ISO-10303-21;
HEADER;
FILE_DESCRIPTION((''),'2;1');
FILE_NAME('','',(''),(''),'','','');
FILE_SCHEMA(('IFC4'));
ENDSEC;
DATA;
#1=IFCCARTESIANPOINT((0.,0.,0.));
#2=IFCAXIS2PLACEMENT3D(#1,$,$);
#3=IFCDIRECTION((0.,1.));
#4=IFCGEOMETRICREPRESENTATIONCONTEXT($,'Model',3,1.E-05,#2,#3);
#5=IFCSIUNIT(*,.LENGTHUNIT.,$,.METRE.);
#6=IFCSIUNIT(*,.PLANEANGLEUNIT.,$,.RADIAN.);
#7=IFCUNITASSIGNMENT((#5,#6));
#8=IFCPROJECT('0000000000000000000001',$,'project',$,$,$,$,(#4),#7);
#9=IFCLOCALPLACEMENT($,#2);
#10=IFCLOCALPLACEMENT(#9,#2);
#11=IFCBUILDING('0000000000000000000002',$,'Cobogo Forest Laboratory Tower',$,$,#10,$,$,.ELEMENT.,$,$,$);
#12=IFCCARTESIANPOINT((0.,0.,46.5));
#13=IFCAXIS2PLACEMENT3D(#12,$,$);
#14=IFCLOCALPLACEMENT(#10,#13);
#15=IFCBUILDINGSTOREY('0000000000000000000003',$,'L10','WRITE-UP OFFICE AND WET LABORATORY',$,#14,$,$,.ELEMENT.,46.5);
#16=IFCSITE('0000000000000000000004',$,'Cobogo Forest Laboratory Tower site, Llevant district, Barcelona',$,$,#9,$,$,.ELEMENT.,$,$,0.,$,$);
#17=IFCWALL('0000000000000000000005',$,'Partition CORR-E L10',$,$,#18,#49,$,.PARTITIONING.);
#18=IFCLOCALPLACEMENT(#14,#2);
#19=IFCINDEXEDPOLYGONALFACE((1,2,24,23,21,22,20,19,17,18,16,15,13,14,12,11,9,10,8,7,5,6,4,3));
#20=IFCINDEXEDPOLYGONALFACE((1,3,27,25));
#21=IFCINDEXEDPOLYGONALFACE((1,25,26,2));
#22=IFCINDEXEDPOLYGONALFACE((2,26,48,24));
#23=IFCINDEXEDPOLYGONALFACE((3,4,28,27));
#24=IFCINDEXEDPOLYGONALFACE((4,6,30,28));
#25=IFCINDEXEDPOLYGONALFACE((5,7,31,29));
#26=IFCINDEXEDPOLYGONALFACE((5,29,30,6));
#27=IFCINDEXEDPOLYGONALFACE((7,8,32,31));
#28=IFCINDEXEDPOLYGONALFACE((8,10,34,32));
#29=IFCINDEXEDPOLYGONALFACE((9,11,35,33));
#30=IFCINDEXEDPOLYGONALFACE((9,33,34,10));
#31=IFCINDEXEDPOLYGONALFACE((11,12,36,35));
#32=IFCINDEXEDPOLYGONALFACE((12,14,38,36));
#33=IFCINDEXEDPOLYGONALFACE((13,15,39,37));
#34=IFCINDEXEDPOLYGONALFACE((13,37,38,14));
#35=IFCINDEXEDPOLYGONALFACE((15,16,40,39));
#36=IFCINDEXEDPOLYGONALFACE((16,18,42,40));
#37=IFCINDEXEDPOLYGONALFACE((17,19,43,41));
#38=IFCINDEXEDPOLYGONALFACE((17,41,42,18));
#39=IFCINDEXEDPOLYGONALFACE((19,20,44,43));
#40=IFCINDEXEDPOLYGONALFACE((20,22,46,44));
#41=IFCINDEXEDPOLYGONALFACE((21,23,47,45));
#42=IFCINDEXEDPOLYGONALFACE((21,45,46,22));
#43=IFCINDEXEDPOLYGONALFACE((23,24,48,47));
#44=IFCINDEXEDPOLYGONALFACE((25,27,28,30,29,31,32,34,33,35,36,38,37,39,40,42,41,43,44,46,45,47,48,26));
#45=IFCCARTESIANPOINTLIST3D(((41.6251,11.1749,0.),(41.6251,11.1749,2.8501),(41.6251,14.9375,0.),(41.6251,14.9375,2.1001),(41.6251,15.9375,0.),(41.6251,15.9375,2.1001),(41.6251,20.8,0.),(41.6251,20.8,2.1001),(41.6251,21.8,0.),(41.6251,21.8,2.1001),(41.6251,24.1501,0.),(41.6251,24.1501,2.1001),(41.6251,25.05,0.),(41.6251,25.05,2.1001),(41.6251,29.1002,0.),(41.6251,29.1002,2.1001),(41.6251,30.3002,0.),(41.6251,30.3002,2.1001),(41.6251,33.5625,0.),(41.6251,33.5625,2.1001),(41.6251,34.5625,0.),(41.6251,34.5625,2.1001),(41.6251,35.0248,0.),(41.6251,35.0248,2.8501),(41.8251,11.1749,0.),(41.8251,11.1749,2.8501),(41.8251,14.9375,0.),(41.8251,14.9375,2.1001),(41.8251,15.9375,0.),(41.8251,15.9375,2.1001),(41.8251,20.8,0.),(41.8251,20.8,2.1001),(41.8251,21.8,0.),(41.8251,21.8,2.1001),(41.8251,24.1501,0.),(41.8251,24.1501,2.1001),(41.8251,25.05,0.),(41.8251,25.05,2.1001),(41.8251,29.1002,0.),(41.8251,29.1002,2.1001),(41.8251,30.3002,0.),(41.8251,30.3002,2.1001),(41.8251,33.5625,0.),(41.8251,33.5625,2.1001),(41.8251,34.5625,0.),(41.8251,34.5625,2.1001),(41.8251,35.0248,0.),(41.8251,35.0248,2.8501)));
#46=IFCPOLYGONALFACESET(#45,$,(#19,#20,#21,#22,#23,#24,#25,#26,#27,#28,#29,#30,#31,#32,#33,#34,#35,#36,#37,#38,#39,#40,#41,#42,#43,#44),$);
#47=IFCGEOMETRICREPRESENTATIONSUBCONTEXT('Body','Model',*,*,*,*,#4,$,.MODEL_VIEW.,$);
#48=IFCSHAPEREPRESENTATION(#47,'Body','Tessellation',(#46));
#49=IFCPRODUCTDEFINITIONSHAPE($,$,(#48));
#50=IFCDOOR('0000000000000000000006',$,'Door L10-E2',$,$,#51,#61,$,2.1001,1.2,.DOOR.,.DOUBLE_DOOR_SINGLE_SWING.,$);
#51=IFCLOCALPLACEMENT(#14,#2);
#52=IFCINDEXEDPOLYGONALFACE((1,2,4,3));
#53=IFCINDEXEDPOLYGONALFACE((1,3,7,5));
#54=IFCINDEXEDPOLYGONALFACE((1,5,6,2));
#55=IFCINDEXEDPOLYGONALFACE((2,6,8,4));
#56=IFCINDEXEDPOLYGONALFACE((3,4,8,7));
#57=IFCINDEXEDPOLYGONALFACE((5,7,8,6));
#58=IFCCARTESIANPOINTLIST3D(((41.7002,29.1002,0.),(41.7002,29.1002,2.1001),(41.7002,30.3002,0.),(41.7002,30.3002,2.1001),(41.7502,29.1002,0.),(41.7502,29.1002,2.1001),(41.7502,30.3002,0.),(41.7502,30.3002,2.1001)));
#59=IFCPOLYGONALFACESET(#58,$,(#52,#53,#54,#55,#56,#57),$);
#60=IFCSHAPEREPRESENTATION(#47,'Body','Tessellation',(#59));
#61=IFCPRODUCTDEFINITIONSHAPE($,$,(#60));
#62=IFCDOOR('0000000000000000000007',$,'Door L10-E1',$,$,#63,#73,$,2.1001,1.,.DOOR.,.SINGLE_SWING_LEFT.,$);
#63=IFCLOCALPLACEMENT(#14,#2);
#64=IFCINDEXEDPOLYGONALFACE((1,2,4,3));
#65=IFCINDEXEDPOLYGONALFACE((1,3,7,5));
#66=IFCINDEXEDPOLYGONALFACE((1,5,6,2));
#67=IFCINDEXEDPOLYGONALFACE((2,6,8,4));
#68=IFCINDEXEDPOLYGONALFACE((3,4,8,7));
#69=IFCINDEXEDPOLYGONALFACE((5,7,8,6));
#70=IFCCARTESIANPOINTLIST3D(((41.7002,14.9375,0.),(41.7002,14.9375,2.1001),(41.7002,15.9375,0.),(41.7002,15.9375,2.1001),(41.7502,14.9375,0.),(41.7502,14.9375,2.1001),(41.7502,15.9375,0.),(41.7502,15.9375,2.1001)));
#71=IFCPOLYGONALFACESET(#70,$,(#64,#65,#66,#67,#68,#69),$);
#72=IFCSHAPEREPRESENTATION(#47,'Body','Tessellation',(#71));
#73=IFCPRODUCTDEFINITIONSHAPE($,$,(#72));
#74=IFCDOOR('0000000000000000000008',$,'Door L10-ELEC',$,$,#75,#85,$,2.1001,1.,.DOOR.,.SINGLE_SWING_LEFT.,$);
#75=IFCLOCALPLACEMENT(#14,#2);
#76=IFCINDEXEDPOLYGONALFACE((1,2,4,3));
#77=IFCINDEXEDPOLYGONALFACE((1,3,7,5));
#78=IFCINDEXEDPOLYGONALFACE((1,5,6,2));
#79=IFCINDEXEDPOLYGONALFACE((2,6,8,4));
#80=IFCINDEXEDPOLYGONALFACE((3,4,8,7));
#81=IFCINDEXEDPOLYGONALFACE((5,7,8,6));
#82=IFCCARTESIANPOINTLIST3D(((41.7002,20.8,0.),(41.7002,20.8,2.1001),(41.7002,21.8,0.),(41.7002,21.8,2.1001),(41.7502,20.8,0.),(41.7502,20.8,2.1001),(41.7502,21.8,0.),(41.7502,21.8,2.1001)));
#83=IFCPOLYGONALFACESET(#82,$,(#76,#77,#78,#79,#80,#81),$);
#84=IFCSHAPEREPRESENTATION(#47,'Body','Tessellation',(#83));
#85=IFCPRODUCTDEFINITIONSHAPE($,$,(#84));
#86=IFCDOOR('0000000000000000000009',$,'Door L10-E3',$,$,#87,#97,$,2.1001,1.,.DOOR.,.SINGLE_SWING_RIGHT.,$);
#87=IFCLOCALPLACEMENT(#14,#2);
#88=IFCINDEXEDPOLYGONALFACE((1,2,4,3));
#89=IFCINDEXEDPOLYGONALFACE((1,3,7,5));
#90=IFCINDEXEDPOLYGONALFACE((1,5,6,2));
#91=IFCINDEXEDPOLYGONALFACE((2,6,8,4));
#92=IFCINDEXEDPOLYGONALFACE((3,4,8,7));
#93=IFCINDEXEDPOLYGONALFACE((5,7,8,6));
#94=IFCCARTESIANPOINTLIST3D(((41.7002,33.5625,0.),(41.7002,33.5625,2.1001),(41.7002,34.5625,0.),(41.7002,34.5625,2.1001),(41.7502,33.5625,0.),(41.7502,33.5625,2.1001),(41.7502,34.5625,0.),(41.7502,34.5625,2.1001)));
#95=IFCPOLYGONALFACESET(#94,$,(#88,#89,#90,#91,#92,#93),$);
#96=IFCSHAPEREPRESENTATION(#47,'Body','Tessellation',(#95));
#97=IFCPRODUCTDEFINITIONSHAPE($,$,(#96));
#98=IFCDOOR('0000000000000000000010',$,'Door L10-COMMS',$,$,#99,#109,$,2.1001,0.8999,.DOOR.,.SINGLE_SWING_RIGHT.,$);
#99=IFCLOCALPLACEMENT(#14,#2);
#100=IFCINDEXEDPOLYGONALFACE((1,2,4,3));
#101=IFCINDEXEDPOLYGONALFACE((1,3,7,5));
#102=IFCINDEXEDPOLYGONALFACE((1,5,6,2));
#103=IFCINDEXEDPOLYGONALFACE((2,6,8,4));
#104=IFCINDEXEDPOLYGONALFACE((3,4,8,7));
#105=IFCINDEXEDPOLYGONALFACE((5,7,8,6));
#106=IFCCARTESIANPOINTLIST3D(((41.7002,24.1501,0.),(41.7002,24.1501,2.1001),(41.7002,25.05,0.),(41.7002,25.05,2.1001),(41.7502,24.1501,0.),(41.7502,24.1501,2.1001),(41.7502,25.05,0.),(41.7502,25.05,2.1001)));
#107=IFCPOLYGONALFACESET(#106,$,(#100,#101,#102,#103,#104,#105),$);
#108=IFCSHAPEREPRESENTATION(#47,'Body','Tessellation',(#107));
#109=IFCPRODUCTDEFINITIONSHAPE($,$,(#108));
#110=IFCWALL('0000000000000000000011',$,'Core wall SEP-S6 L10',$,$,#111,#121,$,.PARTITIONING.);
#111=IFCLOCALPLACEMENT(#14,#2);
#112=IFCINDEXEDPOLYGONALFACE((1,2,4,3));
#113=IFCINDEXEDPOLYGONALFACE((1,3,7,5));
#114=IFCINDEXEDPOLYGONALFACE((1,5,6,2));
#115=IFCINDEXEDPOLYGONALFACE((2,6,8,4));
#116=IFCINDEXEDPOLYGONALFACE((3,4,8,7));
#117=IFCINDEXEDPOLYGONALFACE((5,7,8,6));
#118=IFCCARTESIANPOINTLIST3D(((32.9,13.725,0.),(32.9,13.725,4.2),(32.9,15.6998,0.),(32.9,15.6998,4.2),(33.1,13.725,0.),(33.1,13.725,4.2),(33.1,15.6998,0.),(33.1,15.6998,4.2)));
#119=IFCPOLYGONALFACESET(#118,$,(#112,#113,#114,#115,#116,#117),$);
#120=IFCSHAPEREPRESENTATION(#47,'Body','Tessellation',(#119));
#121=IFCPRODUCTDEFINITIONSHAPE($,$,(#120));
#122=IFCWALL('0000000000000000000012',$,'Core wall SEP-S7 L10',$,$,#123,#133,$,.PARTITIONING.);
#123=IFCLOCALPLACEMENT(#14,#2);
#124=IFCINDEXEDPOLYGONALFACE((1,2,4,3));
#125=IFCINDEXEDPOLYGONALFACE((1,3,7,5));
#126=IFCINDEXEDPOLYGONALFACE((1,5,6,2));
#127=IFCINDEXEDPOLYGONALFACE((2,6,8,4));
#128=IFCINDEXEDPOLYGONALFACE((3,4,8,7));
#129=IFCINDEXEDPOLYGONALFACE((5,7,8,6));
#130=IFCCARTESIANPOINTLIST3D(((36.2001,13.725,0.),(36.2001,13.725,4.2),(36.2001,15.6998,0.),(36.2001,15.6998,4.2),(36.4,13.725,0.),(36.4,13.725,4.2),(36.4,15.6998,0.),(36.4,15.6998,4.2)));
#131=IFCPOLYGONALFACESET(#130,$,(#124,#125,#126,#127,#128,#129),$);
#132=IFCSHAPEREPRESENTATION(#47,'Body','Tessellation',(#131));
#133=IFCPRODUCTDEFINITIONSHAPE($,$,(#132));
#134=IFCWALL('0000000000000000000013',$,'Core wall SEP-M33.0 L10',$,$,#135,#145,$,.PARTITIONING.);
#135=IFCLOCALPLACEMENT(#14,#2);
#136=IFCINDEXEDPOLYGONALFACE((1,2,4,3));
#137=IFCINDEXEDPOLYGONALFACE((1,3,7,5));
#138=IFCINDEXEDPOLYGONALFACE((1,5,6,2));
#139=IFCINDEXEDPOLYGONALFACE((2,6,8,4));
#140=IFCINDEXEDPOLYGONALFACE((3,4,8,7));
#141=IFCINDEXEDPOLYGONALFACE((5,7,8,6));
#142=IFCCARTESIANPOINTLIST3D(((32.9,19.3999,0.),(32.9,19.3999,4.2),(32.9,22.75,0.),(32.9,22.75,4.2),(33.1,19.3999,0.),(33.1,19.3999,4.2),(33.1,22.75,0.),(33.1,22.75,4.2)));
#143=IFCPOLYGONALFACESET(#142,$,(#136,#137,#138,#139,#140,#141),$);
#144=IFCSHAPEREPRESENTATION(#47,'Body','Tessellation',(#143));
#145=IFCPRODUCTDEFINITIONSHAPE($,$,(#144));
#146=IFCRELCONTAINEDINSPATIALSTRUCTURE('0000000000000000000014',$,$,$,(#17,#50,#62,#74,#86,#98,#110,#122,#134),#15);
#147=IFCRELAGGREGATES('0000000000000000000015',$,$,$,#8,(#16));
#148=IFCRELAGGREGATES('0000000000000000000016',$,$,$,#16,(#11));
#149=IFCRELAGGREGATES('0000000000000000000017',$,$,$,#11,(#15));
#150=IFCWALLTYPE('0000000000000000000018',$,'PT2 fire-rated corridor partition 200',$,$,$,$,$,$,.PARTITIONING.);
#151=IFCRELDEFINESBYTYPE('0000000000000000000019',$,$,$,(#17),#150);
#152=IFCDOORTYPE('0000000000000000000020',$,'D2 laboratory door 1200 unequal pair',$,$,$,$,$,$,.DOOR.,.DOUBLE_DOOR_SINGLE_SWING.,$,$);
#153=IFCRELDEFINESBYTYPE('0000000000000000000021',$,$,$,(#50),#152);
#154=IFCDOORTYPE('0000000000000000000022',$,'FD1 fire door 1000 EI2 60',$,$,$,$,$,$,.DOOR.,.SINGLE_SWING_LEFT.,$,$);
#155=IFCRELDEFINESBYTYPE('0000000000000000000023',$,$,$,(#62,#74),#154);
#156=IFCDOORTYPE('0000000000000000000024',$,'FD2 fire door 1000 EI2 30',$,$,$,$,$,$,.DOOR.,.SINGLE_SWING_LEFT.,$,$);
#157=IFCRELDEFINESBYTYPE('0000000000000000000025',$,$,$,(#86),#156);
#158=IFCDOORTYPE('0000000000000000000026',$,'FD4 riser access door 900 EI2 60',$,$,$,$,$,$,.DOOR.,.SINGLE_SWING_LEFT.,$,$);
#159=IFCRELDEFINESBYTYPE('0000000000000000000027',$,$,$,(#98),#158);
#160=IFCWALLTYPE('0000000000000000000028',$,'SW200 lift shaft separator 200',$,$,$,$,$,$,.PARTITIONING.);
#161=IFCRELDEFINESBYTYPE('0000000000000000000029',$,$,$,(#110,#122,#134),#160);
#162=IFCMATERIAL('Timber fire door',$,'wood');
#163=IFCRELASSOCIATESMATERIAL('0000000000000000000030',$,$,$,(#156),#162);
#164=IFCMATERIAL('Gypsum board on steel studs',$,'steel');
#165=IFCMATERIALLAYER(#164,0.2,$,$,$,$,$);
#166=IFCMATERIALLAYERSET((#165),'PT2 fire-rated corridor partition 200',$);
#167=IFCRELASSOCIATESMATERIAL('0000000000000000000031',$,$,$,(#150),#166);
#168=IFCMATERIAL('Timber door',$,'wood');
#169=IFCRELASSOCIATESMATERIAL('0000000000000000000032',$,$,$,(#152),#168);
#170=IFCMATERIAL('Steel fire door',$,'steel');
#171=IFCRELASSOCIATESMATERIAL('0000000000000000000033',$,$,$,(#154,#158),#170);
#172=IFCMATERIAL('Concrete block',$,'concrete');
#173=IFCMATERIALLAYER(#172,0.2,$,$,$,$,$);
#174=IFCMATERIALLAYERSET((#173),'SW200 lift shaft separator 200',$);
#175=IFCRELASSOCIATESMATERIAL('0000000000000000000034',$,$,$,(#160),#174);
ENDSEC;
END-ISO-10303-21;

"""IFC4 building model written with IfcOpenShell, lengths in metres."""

from ifc_helpers import new_model, si_unit, direction, frame, frame_2d, origin, place, context, subcontext, project, spatial, rectangle, extrude, material, layer, layer_set, type_object, element, fill, save


model = new_model("IFC4")

# Units and contexts
model_context = context("Model", 3, precision=1e-05, world=origin(), true_north=direction((0.0, 1.0)))
body_context = subcontext(model_context, "Body", "Model", "MODEL_VIEW")
ifc_project = project(units=[si_unit("LENGTHUNIT", "METRE"), si_unit("PLANEANGLEUNIT", "RADIAN")], contexts=[model_context])

# Site, building, storey
site_placement = place(None, origin())
site = spatial("IfcSite", under=ifc_project, at=site_placement, Name="Cobogo Forest Laboratory Tower site, Llevant district, Barcelona", CompositionType="ELEMENT", RefElevation=0.0)
building_placement = place(site_placement, origin())
building = spatial("IfcBuilding", under=site, at=building_placement, Name="Cobogo Forest Laboratory Tower", CompositionType="ELEMENT")
storey_placement = place(building_placement, frame((0.0, 0.0, 46.5)))
storey = spatial("IfcBuildingStorey", under=building, at=storey_placement, Name="L10", Description="WRITE-UP OFFICE AND WET LABORATORY", CompositionType="ELEMENT", Elevation=46.5)

# Shared definitions
ifc_material_1 = material(Name="Steel fire door", Category="steel")

# Shared definitions
ifc_material_2 = material(Name="Gypsum board on steel studs", Category="steel")

# Shared definitions
ifc_material_3 = material(Name="Timber fire door", Category="wood")
door_type_1 = type_object("IfcDoorType", Name="FD2 fire door 1000 EI2 30", OperationType="SINGLE_SWING_LEFT", PredefinedType="DOOR", material=ifc_material_3)

# Wall, openings, doors
ifc_layer_1 = layer(ifc_material_2, 0.2)
ifc_layer_set_1 = layer_set([ifc_layer_1], Name="PT2 fire-rated corridor partition 200")
wall_type_1 = type_object("IfcWallType", Name="PT2 fire-rated corridor partition 200", PredefinedType="PARTITIONING", material=ifc_layer_set_1)
wall_1_placement = place(storey_placement, frame((41.7251, 11.175, 0.0), z_axis=(0.0, 0.0, 1.0), x_axis=(0.0, 1.0, 0.0)))
wall_1 = element("IfcWall", 1, at=wall_1_placement, inside=storey, type_object=wall_type_1, Name="Partition CORR-E L10", PredefinedType="PARTITIONING", context=body_context, shape_type="SweptSolid", body=[
    extrude(rectangle(XDim=23.8499, YDim=0.2, at=frame_2d((11.9248, 0.0))), origin(), (0.0, 0.0, 1.0), 2.8501),
])
opening_1_placement = place(wall_1_placement, frame((3.7625, 0.0, 0.0)))
opening_1 = element("IfcOpeningElement", 2, at=opening_1_placement, cuts=wall_1, PredefinedType="OPENING", context=body_context, shape_type="SweptSolid", body=[
    extrude(rectangle(XDim=1.0, YDim=2.1001, at=frame_2d((0.5, 1.05))), frame((0.0, 0.1099, 0.0), z_axis=(0.0, -1.0, 0.0), x_axis=(1.0, 0.0, 0.0)), (0.0, 0.0, 1.0), 0.22),
])
opening_2_placement = place(wall_1_placement, frame((9.625, 0.0, 0.0)))
opening_2 = element("IfcOpeningElement", 3, at=opening_2_placement, cuts=wall_1, PredefinedType="OPENING", context=body_context, shape_type="SweptSolid", body=[
    extrude(rectangle(XDim=1.0, YDim=2.1001, at=frame_2d((0.5, 1.05))), frame((0.0, 0.1099, 0.0), z_axis=(0.0, -1.0, 0.0), x_axis=(1.0, 0.0, 0.0)), (0.0, 0.0, 1.0), 0.22),
])
opening_3_placement = place(wall_1_placement, frame((12.9751, 0.0, 0.0)))
opening_3 = element("IfcOpeningElement", 4, at=opening_3_placement, cuts=wall_1, PredefinedType="OPENING", context=body_context, shape_type="SweptSolid", body=[
    extrude(rectangle(XDim=0.8999, YDim=2.1001, at=frame_2d((0.45, 1.05))), frame((0.0, 0.1099, 0.0), z_axis=(0.0, -1.0, 0.0), x_axis=(1.0, 0.0, 0.0)), (0.0, 0.0, 1.0), 0.22),
])
opening_4_placement = place(wall_1_placement, frame((17.925, 0.0, 0.0)))
opening_4 = element("IfcOpeningElement", 5, at=opening_4_placement, cuts=wall_1, PredefinedType="OPENING", context=body_context, shape_type="SweptSolid", body=[
    extrude(rectangle(XDim=1.2, YDim=2.1001, at=frame_2d((0.6001, 1.05))), frame((0.0, 0.1099, 0.0), z_axis=(0.0, -1.0, 0.0), x_axis=(1.0, 0.0, 0.0)), (0.0, 0.0, 1.0), 0.22),
])
opening_5_placement = place(wall_1_placement, frame((22.3875, 0.0, 0.0)))
opening_5 = element("IfcOpeningElement", 6, at=opening_5_placement, cuts=wall_1, PredefinedType="OPENING", context=body_context, shape_type="SweptSolid", body=[
    extrude(rectangle(XDim=1.0, YDim=2.1001, at=frame_2d((0.5, 1.05))), frame((0.0, 0.1099, 0.0), z_axis=(0.0, -1.0, 0.0), x_axis=(1.0, 0.0, 0.0)), (0.0, 0.0, 1.0), 0.22),
])
ifc_material_4 = material(Name="Timber door", Category="wood")
door_type_2 = type_object("IfcDoorType", Name="D2 laboratory door 1200 unequal pair", OperationType="DOUBLE_DOOR_SINGLE_SWING", PredefinedType="DOOR", material=ifc_material_4)
door_1_placement = place(opening_4_placement, origin())
door_1 = element("IfcDoor", 7, at=door_1_placement, inside=storey, type_object=door_type_2, Name="Door L10-E2", OperationType="DOUBLE_DOOR_SINGLE_SWING", OverallHeight=2.1001, OverallWidth=1.2, PredefinedType="DOOR", context=body_context, shape_type="SweptSolid", body=[
    extrude(rectangle(XDim=1.2, YDim=2.1001, at=frame_2d((0.6001, 1.05))), frame((0.0, 0.0249, 0.0), z_axis=(0.0, -1.0, 0.0), x_axis=(1.0, 0.0, 0.0)), (0.0, 0.0, 1.0), 0.05),
])
fill(opening_4, door_1)
door_type_3 = type_object("IfcDoorType", Name="FD1 fire door 1000 EI2 60", OperationType="SINGLE_SWING_LEFT", PredefinedType="DOOR", material=ifc_material_1)
door_2_placement = place(opening_1_placement, origin())
door_2 = element("IfcDoor", 8, at=door_2_placement, inside=storey, type_object=door_type_3, Name="Door L10-E1", OperationType="SINGLE_SWING_LEFT", OverallHeight=2.1001, OverallWidth=1.0, PredefinedType="DOOR", context=body_context, shape_type="SweptSolid", body=[
    extrude(rectangle(XDim=1.0, YDim=2.1001, at=frame_2d((0.5, 1.05))), frame((0.0, 0.0249, 0.0), z_axis=(0.0, -1.0, 0.0), x_axis=(1.0, 0.0, 0.0)), (0.0, 0.0, 1.0), 0.05),
])
fill(opening_1, door_2)
door_3_placement = place(opening_2_placement, origin())
door_3 = element("IfcDoor", 9, at=door_3_placement, inside=storey, type_object=door_type_3, Name="Door L10-ELEC", OperationType="SINGLE_SWING_LEFT", OverallHeight=2.1001, OverallWidth=1.0, PredefinedType="DOOR", context=body_context, shape_type="SweptSolid", body=[
    extrude(rectangle(XDim=1.0, YDim=2.1001, at=frame_2d((0.5, 1.05))), frame((0.0, 0.0249, 0.0), z_axis=(0.0, -1.0, 0.0), x_axis=(1.0, 0.0, 0.0)), (0.0, 0.0, 1.0), 0.05),
])
fill(opening_2, door_3)
door_4_placement = place(opening_5_placement, origin())
door_4 = element("IfcDoor", 10, at=door_4_placement, inside=storey, type_object=door_type_1, Name="Door L10-E3", OperationType="SINGLE_SWING_RIGHT", OverallHeight=2.1001, OverallWidth=1.0, PredefinedType="DOOR", context=body_context, shape_type="SweptSolid", body=[
    extrude(rectangle(XDim=1.0, YDim=2.1001, at=frame_2d((0.5, 1.05))), frame((0.0, 0.0249, 0.0), z_axis=(0.0, -1.0, 0.0), x_axis=(1.0, 0.0, 0.0)), (0.0, 0.0, 1.0), 0.05),
])
fill(opening_5, door_4)
door_type_4 = type_object("IfcDoorType", Name="FD4 riser access door 900 EI2 60", OperationType="SINGLE_SWING_LEFT", PredefinedType="DOOR", material=ifc_material_1)
door_5_placement = place(opening_3_placement, origin())
door_5 = element("IfcDoor", 11, at=door_5_placement, inside=storey, type_object=door_type_4, Name="Door L10-COMMS", OperationType="SINGLE_SWING_RIGHT", OverallHeight=2.1001, OverallWidth=0.8999, PredefinedType="DOOR", context=body_context, shape_type="SweptSolid", body=[
    extrude(rectangle(XDim=0.8999, YDim=2.1001, at=frame_2d((0.45, 1.05))), frame((0.0, 0.0249, 0.0), z_axis=(0.0, -1.0, 0.0), x_axis=(1.0, 0.0, 0.0)), (0.0, 0.0, 1.0), 0.05),
])
fill(opening_3, door_5)

# Walls
ifc_material_5 = material(Name="Concrete block", Category="concrete")
ifc_layer_2 = layer(ifc_material_5, 0.2)
ifc_layer_set_2 = layer_set([ifc_layer_2], Name="SW200 lift shaft separator 200")
wall_type_2 = type_object("IfcWallType", Name="SW200 lift shaft separator 200", PredefinedType="PARTITIONING", material=ifc_layer_set_2)
for number, where, z_axis, x_axis, name in (
    (12, (33.0, 13.7251, 0.0), (0.0, 0.0, 1.0), (0.0, 1.0, 0.0), "Core wall SEP-S6 L10"),
    (13, (36.3, 13.7251, 0.0), (0.0, 0.0, 1.0), (0.0, 1.0, 0.0), "Core wall SEP-S7 L10"),
):
    element("IfcWall", number, at=place(storey_placement, frame(where, z_axis=z_axis, x_axis=x_axis)), inside=storey, type_object=wall_type_2, Name=name, PredefinedType="PARTITIONING", context=body_context, shape_type="SweptSolid", body=[
        extrude(rectangle(XDim=1.9749, YDim=0.2, at=frame_2d((0.9873, 0.0))), origin(), (0.0, 0.0, 1.0), 4.2),
    ])
wall_2_placement = place(storey_placement, frame((33.0, 19.3999, 0.0), z_axis=(0.0, 0.0, 1.0), x_axis=(0.0, 1.0, 0.0)))
element("IfcWall", 14, at=wall_2_placement, inside=storey, type_object=wall_type_2, Name="Core wall SEP-M33.0 L10", PredefinedType="PARTITIONING", context=body_context, shape_type="SweptSolid", body=[
    extrude(rectangle(XDim=3.3501, YDim=0.2, at=frame_2d((1.675, 0.0))), origin(), (0.0, 0.0, 1.0), 4.2),
])

save(model, "model.ifc")
